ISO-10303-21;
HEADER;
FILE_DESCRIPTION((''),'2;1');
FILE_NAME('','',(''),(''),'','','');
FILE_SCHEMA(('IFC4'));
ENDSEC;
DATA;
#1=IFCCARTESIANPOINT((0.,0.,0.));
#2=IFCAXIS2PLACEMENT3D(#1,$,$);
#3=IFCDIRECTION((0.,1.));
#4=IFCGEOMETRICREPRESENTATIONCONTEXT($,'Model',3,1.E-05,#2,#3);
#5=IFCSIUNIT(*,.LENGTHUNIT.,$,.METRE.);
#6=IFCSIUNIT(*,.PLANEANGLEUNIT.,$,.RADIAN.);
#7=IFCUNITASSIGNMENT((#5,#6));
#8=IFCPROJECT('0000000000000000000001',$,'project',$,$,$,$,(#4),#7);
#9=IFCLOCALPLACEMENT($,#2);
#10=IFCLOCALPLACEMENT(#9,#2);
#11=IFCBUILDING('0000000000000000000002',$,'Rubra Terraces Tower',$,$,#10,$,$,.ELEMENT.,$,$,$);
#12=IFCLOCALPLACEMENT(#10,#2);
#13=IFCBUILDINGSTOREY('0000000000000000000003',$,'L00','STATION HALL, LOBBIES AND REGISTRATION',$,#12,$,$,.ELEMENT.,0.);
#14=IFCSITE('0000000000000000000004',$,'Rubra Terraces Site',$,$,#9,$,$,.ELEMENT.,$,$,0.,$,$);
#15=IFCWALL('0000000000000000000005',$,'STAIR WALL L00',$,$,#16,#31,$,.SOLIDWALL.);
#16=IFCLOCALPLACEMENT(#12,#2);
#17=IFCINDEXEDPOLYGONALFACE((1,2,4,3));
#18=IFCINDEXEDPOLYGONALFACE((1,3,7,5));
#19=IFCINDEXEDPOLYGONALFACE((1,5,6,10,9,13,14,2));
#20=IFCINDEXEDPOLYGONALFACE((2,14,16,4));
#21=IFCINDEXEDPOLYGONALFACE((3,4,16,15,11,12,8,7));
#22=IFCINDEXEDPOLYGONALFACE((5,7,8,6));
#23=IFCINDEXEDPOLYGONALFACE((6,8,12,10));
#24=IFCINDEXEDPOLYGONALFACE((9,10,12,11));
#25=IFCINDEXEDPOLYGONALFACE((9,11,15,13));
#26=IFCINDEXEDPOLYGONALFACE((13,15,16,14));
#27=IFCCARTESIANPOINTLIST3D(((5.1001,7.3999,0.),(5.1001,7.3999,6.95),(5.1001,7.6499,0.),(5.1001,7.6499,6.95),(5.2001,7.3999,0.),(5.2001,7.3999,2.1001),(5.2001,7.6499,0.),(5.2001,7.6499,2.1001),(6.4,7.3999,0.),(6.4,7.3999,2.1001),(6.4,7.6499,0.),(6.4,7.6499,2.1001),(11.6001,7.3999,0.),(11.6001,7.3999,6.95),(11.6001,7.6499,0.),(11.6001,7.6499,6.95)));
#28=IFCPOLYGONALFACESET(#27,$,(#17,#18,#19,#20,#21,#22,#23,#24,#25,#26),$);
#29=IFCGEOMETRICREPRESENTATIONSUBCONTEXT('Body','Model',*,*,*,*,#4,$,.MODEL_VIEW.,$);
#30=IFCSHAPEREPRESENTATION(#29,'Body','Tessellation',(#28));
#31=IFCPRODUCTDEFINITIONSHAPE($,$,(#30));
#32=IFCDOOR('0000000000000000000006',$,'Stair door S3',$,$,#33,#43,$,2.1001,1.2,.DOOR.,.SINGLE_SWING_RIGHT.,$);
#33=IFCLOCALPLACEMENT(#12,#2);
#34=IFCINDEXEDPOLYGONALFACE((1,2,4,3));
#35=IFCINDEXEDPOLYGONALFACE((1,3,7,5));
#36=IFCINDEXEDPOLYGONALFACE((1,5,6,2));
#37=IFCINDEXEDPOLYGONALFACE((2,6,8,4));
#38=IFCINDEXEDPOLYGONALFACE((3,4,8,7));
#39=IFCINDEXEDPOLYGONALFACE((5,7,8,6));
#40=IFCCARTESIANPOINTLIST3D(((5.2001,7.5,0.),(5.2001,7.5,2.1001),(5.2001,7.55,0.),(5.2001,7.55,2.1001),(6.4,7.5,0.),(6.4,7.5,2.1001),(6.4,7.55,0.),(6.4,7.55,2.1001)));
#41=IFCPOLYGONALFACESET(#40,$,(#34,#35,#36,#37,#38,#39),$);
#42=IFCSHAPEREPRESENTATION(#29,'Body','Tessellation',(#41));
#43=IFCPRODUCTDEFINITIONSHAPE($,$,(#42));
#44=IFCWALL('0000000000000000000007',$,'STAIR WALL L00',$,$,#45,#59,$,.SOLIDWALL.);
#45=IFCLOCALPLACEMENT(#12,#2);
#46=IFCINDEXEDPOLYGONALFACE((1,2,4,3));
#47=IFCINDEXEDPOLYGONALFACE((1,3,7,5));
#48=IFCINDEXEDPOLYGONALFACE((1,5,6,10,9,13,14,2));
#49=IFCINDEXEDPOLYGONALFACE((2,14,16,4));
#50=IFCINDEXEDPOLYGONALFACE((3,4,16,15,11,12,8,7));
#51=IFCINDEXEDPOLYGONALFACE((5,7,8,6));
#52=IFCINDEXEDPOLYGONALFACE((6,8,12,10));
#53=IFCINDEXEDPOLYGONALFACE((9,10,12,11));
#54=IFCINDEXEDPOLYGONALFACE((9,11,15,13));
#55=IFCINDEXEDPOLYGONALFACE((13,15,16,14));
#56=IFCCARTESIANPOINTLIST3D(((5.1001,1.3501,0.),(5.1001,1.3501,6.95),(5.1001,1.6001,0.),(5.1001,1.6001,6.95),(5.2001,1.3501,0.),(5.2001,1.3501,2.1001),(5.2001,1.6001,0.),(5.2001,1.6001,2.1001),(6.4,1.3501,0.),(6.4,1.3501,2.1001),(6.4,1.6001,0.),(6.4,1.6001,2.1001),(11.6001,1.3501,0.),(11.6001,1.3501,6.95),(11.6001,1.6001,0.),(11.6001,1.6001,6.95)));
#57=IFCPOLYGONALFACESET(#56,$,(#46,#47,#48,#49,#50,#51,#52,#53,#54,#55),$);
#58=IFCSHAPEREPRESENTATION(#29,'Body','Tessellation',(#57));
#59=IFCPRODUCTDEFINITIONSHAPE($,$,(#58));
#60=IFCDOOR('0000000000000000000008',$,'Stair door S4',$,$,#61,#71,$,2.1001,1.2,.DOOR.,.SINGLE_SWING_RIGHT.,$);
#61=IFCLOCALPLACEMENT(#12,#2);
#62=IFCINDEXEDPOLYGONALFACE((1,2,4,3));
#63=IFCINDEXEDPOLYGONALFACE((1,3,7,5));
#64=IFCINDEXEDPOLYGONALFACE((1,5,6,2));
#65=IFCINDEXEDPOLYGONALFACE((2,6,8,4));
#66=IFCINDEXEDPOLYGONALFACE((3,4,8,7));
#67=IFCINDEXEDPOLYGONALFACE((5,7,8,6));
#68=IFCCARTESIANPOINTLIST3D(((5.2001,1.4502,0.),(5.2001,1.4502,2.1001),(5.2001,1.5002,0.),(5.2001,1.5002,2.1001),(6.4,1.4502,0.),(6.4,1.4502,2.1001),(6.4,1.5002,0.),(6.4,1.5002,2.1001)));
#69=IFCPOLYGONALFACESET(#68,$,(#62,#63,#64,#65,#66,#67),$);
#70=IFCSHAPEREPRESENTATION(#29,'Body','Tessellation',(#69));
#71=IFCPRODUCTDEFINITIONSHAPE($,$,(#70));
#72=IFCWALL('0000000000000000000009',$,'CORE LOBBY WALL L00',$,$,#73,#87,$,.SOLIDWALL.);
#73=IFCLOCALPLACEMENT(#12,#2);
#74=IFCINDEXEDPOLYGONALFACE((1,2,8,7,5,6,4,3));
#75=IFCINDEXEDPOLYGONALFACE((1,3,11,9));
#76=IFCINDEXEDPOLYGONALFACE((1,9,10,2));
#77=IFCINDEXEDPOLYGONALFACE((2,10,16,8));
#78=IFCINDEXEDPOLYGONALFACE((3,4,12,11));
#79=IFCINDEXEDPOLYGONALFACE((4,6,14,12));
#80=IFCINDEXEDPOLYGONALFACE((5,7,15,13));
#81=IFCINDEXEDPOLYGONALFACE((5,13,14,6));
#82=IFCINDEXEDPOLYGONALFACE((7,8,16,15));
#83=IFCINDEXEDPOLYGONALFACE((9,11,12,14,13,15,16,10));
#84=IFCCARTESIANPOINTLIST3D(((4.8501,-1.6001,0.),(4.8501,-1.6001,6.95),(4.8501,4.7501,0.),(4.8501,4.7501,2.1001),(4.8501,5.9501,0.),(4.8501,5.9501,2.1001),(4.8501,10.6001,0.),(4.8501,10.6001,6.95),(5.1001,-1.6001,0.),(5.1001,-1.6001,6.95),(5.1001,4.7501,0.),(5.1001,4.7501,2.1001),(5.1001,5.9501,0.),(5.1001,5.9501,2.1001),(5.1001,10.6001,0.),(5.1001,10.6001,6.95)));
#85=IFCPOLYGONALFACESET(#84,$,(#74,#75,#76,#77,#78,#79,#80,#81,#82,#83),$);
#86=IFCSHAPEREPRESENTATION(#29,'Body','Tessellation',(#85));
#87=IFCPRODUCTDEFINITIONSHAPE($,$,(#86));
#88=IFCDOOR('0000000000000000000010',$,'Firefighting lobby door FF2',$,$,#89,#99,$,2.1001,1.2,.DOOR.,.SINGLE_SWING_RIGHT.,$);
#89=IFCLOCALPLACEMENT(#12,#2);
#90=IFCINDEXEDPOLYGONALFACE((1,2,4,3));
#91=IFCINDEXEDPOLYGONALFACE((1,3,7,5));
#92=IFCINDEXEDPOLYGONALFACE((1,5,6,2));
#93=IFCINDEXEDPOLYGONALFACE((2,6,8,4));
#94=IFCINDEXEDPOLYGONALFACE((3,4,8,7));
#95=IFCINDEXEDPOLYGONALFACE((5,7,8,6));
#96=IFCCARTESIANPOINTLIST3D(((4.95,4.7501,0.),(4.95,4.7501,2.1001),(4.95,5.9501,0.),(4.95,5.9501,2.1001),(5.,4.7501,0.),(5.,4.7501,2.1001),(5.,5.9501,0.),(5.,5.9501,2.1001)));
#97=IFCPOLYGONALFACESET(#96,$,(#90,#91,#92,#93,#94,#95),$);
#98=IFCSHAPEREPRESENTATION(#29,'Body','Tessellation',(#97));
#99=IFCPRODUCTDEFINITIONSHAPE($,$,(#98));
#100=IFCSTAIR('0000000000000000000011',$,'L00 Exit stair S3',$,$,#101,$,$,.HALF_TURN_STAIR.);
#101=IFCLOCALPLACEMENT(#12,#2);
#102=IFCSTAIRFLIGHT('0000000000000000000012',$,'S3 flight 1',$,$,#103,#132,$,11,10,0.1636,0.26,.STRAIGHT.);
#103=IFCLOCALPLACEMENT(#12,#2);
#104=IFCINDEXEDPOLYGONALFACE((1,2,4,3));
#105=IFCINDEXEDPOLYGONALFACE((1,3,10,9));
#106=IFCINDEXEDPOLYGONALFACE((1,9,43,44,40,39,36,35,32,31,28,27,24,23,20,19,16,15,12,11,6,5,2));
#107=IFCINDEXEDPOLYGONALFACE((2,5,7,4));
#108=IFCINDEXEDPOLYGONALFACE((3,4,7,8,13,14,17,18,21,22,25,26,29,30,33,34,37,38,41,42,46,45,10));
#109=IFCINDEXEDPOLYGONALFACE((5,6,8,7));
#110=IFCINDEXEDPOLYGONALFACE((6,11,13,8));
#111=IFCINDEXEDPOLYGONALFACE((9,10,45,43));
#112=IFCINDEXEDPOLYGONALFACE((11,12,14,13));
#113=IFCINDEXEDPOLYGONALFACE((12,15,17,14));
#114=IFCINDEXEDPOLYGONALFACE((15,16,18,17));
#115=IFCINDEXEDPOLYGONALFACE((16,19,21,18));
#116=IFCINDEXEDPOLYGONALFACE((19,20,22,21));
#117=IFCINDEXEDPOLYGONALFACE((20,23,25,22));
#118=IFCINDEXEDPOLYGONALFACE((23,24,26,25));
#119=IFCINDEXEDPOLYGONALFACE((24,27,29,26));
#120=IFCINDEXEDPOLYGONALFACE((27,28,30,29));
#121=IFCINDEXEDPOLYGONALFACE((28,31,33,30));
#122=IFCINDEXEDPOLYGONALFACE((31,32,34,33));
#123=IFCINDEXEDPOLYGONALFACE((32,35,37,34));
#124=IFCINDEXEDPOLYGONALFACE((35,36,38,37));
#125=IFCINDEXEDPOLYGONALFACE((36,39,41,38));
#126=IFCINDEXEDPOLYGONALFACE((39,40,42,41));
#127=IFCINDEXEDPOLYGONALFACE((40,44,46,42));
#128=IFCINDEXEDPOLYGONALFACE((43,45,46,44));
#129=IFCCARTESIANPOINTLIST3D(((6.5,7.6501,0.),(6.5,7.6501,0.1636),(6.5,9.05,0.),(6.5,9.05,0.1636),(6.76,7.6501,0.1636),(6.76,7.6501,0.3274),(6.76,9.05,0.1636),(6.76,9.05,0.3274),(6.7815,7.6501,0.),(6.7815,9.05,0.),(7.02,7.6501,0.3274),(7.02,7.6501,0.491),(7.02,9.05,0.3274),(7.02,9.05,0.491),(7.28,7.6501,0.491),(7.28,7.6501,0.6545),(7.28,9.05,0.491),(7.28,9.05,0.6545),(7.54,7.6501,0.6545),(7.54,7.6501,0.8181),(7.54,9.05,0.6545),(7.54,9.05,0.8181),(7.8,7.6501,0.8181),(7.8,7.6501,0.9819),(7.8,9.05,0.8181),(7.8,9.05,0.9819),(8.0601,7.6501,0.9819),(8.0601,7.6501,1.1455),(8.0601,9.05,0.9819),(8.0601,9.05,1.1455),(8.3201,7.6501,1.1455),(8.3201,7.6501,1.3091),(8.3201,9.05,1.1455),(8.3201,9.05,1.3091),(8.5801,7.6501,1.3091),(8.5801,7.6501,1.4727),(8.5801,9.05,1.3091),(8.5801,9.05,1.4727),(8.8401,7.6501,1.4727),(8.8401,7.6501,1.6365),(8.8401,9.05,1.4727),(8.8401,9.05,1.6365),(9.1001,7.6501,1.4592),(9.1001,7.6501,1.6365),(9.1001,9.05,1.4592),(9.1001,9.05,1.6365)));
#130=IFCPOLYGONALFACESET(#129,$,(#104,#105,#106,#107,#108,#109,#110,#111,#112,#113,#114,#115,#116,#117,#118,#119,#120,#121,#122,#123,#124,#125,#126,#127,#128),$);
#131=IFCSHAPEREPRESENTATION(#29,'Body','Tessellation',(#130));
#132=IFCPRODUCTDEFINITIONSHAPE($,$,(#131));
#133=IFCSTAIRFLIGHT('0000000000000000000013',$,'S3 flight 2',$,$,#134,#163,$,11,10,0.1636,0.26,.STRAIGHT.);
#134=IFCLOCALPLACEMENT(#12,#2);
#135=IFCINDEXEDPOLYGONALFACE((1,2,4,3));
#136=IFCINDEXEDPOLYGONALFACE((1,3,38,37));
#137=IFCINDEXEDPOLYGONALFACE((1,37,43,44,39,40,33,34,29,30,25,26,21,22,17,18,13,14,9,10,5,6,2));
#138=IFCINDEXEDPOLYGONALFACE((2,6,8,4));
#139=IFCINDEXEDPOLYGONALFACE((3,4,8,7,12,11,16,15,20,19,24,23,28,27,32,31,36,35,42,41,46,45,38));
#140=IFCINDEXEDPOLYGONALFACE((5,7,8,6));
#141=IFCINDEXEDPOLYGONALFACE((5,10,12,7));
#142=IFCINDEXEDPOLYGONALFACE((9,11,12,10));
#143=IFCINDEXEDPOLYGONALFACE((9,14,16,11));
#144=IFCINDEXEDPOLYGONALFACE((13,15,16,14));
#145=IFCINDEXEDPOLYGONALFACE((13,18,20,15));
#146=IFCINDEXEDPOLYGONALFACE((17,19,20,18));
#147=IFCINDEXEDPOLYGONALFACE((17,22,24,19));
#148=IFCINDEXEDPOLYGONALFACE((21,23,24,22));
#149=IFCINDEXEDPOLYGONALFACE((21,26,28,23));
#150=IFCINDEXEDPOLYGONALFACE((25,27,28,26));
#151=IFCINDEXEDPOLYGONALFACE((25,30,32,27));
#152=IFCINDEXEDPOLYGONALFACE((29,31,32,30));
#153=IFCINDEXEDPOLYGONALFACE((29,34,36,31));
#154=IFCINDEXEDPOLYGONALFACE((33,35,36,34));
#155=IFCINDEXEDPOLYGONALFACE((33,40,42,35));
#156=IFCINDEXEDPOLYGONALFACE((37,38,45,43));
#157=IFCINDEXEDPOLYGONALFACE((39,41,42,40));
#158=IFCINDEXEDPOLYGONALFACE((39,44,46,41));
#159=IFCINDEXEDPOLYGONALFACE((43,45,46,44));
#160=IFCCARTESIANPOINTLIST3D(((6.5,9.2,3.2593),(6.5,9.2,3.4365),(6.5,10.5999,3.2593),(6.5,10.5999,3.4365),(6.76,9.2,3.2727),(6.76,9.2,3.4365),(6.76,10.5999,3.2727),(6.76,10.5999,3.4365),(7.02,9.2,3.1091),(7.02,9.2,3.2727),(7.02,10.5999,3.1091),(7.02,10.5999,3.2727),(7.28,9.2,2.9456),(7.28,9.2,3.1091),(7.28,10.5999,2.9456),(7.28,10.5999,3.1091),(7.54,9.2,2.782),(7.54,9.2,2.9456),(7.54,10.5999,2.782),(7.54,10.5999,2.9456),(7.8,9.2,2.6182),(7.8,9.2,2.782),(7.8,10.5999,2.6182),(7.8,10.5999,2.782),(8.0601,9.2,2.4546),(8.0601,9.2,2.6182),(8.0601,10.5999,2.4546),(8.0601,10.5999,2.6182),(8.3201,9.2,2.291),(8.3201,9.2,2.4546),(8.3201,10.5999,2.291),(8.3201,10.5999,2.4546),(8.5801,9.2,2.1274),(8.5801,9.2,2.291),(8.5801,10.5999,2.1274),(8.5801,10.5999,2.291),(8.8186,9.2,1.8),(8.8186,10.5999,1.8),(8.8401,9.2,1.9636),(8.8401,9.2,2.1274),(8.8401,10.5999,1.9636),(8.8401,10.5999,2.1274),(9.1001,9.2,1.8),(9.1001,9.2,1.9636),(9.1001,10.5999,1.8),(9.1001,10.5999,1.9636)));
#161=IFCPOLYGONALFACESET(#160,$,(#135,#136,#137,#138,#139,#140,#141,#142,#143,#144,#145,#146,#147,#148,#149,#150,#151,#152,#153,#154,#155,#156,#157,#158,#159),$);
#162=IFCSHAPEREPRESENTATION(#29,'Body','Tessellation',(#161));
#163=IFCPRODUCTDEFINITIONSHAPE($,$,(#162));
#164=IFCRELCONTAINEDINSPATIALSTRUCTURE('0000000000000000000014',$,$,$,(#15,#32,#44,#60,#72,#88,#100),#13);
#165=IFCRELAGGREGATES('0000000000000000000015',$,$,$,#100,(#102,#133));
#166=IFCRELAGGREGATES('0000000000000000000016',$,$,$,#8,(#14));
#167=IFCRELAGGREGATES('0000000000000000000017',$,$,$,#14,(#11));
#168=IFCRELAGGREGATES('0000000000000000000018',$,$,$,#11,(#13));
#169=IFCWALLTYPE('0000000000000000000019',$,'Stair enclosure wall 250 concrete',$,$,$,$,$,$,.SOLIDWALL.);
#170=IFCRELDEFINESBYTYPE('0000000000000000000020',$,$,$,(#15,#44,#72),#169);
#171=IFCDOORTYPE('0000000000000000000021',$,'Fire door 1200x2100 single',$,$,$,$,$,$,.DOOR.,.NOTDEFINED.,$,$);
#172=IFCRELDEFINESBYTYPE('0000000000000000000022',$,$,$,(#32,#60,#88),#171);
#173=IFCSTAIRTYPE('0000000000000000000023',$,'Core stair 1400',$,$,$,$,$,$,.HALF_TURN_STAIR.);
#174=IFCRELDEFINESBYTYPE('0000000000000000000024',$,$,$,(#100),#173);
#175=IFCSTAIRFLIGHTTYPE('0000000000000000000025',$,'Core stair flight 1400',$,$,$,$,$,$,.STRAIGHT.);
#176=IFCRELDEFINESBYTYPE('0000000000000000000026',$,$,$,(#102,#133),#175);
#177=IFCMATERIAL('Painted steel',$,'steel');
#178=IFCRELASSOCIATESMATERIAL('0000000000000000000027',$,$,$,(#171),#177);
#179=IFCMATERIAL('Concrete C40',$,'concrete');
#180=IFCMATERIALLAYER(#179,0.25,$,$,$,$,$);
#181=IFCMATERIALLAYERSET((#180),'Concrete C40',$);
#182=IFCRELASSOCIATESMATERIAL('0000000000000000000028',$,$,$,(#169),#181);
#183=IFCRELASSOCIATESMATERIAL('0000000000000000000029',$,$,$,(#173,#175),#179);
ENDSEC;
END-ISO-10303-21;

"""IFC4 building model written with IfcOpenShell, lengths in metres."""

from ifc_helpers import new_model, si_unit, direction, frame, frame_2d, origin, place, context, subcontext, project, spatial, polyline, rectangle, outline, extrude, material, layer, layer_set, type_object, element, fill, aggregate, save


model = new_model("IFC4")

# Units and contexts
model_context = context("Model", 3, precision=1e-05, world=origin(), true_north=direction((0.0, 1.0)))
body_context = subcontext(model_context, "Body", "Model", "MODEL_VIEW")
ifc_project = project(units=[si_unit("LENGTHUNIT", "METRE"), si_unit("PLANEANGLEUNIT", "RADIAN")], contexts=[model_context])

# Site, building, storey
site_placement = place(None, origin())
site = spatial("IfcSite", under=ifc_project, at=site_placement, Name="Rubra Terraces Site", CompositionType="ELEMENT", RefElevation=0.0)
building_placement = place(site_placement, origin())
building = spatial("IfcBuilding", under=site, at=building_placement, Name="Rubra Terraces Tower", CompositionType="ELEMENT")
storey_placement = place(building_placement, origin())
storey = spatial("IfcBuildingStorey", under=building, at=storey_placement, Name="L00", Description="STATION HALL, LOBBIES AND REGISTRATION", CompositionType="ELEMENT", Elevation=0.0)

# Shared definitions
ifc_material_1 = material(Name="Painted steel", Category="steel")
door_type_1 = type_object("IfcDoorType", Name="Fire door 1200x2100 single", OperationType="NOTDEFINED", PredefinedType="DOOR", material=ifc_material_1)

# Walls, openings, doors
ifc_material_2 = material(Name="Concrete C40", Category="concrete")
ifc_layer_1 = layer(ifc_material_2, 0.25)
ifc_layer_set_1 = layer_set([ifc_layer_1], Name="Concrete C40")
wall_type_1 = type_object("IfcWallType", Name="Stair enclosure wall 250 concrete", PredefinedType="SOLIDWALL", material=ifc_layer_set_1)
wall_1_placement = place(storey_placement, frame((11.6001, 7.5249, 0.0), z_axis=(0.0, 0.0, 1.0), x_axis=(-1.0, 0.0, 0.0)))
wall_1 = element("IfcWall", 1, at=wall_1_placement, inside=storey, type_object=wall_type_1, Name="STAIR WALL L00", PredefinedType="SOLIDWALL", context=body_context, shape_type="SweptSolid", body=[
    extrude(rectangle(XDim=6.5, YDim=0.25, at=frame_2d((3.25, 0.0))), origin(), (0.0, 0.0, 1.0), 6.95),
])
opening_1_placement = place(wall_1_placement, frame((5.2, 0.0, 0.0)))
opening_1 = element("IfcOpeningElement", 2, at=opening_1_placement, cuts=wall_1, PredefinedType="OPENING", context=body_context, shape_type="SweptSolid", body=[
    extrude(rectangle(XDim=1.2, YDim=2.1001, at=frame_2d((0.6001, 1.05))), frame((0.0, 0.135, 0.0), z_axis=(0.0, -1.0, 0.0), x_axis=(1.0, 0.0, 0.0)), (0.0, 0.0, 1.0), 0.27),
])
door_1_placement = place(opening_1_placement, origin())
door_1 = element("IfcDoor", 3, at=door_1_placement, inside=storey, type_object=door_type_1, Name="Stair door S3", OperationType="SINGLE_SWING_RIGHT", OverallHeight=2.1001, OverallWidth=1.2, PredefinedType="DOOR", context=body_context, shape_type="SweptSolid", body=[
    extrude(rectangle(XDim=1.2, YDim=2.1001, at=frame_2d((0.6001, 1.05))), frame((0.0, 0.0249, 0.0), z_axis=(0.0, -1.0, 0.0), x_axis=(1.0, 0.0, 0.0)), (0.0, 0.0, 1.0), 0.05),
])
fill(opening_1, door_1)
wall_2_placement = place(storey_placement, frame((11.6001, 1.4751, 0.0), z_axis=(0.0, 0.0, 1.0), x_axis=(-1.0, 0.0, 0.0)))
wall_2 = element("IfcWall", 4, at=wall_2_placement, inside=storey, type_object=wall_type_1, Name="STAIR WALL L00", PredefinedType="SOLIDWALL", context=body_context, shape_type="SweptSolid", body=[
    extrude(rectangle(XDim=6.5, YDim=0.25, at=frame_2d((3.25, 0.0))), origin(), (0.0, 0.0, 1.0), 6.95),
])
opening_2_placement = place(wall_2_placement, frame((5.2, 0.0, 0.0)))
opening_2 = element("IfcOpeningElement", 5, at=opening_2_placement, cuts=wall_2, PredefinedType="OPENING", context=body_context, shape_type="SweptSolid", body=[
    extrude(rectangle(XDim=1.2, YDim=2.1001, at=frame_2d((0.6001, 1.05))), frame((0.0, 0.135, 0.0), z_axis=(0.0, -1.0, 0.0), x_axis=(1.0, 0.0, 0.0)), (0.0, 0.0, 1.0), 0.27),
])
door_2_placement = place(opening_2_placement, origin())
door_2 = element("IfcDoor", 6, at=door_2_placement, inside=storey, type_object=door_type_1, Name="Stair door S4", OperationType="SINGLE_SWING_RIGHT", OverallHeight=2.1001, OverallWidth=1.2, PredefinedType="DOOR", context=body_context, shape_type="SweptSolid", body=[
    extrude(rectangle(XDim=1.2, YDim=2.1001, at=frame_2d((0.6001, 1.05))), frame((0.0, 0.0249, 0.0), z_axis=(0.0, -1.0, 0.0), x_axis=(1.0, 0.0, 0.0)), (0.0, 0.0, 1.0), 0.05),
])
fill(opening_2, door_2)
wall_3_placement = place(storey_placement, frame((4.9751, 10.6001, 0.0), z_axis=(0.0, 0.0, 1.0), x_axis=(0.0, -1.0, 0.0)))
wall_3 = element("IfcWall", 7, at=wall_3_placement, inside=storey, type_object=wall_type_1, Name="CORE LOBBY WALL L00", PredefinedType="SOLIDWALL", context=body_context, shape_type="SweptSolid", body=[
    extrude(rectangle(XDim=12.2002, YDim=0.25, at=frame_2d((6.1001, 0.0))), origin(), (0.0, 0.0, 1.0), 6.95),
])
opening_3_placement = place(wall_3_placement, frame((4.6499, 0.0, 0.0)))
opening_3 = element("IfcOpeningElement", 8, at=opening_3_placement, cuts=wall_3, PredefinedType="OPENING", context=body_context, shape_type="SweptSolid", body=[
    extrude(rectangle(XDim=1.2, YDim=2.1001, at=frame_2d((0.6001, 1.05))), frame((0.0, 0.135, 0.0), z_axis=(0.0, -1.0, 0.0), x_axis=(1.0, 0.0, 0.0)), (0.0, 0.0, 1.0), 0.27),
])
door_3_placement = place(opening_3_placement, origin())
door_3 = element("IfcDoor", 9, at=door_3_placement, inside=storey, type_object=door_type_1, Name="Firefighting lobby door FF2", OperationType="SINGLE_SWING_RIGHT", OverallHeight=2.1001, OverallWidth=1.2, PredefinedType="DOOR", context=body_context, shape_type="SweptSolid", body=[
    extrude(rectangle(XDim=1.2, YDim=2.1001, at=frame_2d((0.6001, 1.05))), frame((0.0, 0.0249, 0.0), z_axis=(0.0, -1.0, 0.0), x_axis=(1.0, 0.0, 0.0)), (0.0, 0.0, 1.0), 0.05),
])
fill(opening_3, door_3)

# Stair, stair flights
stair_type = type_object("IfcStairType", Name="Core stair 1400", PredefinedType="HALF_TURN_STAIR", material=ifc_material_2)
stair_placement = place(storey_placement, origin())
stair = element("IfcStair", 10, at=stair_placement, inside=storey, type_object=stair_type, Name="L00 Exit stair S3", PredefinedType="HALF_TURN_STAIR")
stair_flight_type = type_object("IfcStairFlightType", Name="Core stair flight 1400", PredefinedType="STRAIGHT", material=ifc_material_2)
stair_flight_1_placement = place(storey_placement, frame((6.5, 8.3501, 0.0), z_axis=(0.0, 0.0, 1.0), x_axis=(1.0, 0.0, 0.0)))
stair_flight_1 = element("IfcStairFlight", 11, at=stair_flight_1_placement, type_object=stair_flight_type, Name="S3 flight 1", NumberOfRisers=11, NumberOfTreads=10, PredefinedType="STRAIGHT", RiserHeight=0.1636, TreadLength=0.26, context=body_context, shape_type="SweptSolid", body=[
    extrude(outline(polyline([(0.0, 0.0), (0.0, 0.1636), (0.26, 0.1636), (0.26, 0.3274), (0.52, 0.3274), (0.52, 0.491), (0.78, 0.491), (0.78, 0.6545), (1.04, 0.6545), (1.04, 0.8181), (1.3, 0.8181), (1.3, 0.9819), (1.5601, 0.9819), (1.5601, 1.1455), (1.8201, 1.1455), (1.8201, 1.3091), (2.0801, 1.3091), (2.0801, 1.4727), (2.3401, 1.4727), (2.3401, 1.6365), (2.6001, 1.6365), (2.6001, 1.8), (2.6001, 1.4592), (0.2815, 0.0), (0.0, 0.0)])), frame((0.0, 0.7, 0.0), z_axis=(0.0, -1.0, 0.0), x_axis=(1.0, 0.0, 0.0)), (0.0, 0.0, 1.0), 1.3999),
])
stair_flight_2_placement = place(storey_placement, frame((9.1001, 9.8999, 1.8), z_axis=(0.0, 0.0, 1.0), x_axis=(-1.0, 0.0, 0.0)))
stair_flight_2 = element("IfcStairFlight", 12, at=stair_flight_2_placement, type_object=stair_flight_type, Name="S3 flight 2", NumberOfRisers=11, NumberOfTreads=10, PredefinedType="STRAIGHT", RiserHeight=0.1636, TreadLength=0.26, context=body_context, shape_type="SweptSolid", body=[
    extrude(outline(polyline([(0.0, 0.0), (0.0, 0.1636), (0.26, 0.1636), (0.26, 0.3274), (0.52, 0.3274), (0.52, 0.491), (0.78, 0.491), (0.78, 0.6545), (1.04, 0.6545), (1.04, 0.8181), (1.3, 0.8181), (1.3, 0.9819), (1.5601, 0.9819), (1.5601, 1.1455), (1.8201, 1.1455), (1.8201, 1.3091), (2.0801, 1.3091), (2.0801, 1.4727), (2.3401, 1.4727), (2.3401, 1.6365), (2.6001, 1.6365), (2.6001, 1.8), (2.6001, 1.4592), (0.2815, 0.0), (0.0, 0.0)])), frame((0.0, 0.7, 0.0), z_axis=(0.0, -1.0, 0.0), x_axis=(1.0, 0.0, 0.0)), (0.0, 0.0, 1.0), 1.3999),
])
aggregate(stair, [stair_flight_1, stair_flight_2])

save(model, "model.ifc")
